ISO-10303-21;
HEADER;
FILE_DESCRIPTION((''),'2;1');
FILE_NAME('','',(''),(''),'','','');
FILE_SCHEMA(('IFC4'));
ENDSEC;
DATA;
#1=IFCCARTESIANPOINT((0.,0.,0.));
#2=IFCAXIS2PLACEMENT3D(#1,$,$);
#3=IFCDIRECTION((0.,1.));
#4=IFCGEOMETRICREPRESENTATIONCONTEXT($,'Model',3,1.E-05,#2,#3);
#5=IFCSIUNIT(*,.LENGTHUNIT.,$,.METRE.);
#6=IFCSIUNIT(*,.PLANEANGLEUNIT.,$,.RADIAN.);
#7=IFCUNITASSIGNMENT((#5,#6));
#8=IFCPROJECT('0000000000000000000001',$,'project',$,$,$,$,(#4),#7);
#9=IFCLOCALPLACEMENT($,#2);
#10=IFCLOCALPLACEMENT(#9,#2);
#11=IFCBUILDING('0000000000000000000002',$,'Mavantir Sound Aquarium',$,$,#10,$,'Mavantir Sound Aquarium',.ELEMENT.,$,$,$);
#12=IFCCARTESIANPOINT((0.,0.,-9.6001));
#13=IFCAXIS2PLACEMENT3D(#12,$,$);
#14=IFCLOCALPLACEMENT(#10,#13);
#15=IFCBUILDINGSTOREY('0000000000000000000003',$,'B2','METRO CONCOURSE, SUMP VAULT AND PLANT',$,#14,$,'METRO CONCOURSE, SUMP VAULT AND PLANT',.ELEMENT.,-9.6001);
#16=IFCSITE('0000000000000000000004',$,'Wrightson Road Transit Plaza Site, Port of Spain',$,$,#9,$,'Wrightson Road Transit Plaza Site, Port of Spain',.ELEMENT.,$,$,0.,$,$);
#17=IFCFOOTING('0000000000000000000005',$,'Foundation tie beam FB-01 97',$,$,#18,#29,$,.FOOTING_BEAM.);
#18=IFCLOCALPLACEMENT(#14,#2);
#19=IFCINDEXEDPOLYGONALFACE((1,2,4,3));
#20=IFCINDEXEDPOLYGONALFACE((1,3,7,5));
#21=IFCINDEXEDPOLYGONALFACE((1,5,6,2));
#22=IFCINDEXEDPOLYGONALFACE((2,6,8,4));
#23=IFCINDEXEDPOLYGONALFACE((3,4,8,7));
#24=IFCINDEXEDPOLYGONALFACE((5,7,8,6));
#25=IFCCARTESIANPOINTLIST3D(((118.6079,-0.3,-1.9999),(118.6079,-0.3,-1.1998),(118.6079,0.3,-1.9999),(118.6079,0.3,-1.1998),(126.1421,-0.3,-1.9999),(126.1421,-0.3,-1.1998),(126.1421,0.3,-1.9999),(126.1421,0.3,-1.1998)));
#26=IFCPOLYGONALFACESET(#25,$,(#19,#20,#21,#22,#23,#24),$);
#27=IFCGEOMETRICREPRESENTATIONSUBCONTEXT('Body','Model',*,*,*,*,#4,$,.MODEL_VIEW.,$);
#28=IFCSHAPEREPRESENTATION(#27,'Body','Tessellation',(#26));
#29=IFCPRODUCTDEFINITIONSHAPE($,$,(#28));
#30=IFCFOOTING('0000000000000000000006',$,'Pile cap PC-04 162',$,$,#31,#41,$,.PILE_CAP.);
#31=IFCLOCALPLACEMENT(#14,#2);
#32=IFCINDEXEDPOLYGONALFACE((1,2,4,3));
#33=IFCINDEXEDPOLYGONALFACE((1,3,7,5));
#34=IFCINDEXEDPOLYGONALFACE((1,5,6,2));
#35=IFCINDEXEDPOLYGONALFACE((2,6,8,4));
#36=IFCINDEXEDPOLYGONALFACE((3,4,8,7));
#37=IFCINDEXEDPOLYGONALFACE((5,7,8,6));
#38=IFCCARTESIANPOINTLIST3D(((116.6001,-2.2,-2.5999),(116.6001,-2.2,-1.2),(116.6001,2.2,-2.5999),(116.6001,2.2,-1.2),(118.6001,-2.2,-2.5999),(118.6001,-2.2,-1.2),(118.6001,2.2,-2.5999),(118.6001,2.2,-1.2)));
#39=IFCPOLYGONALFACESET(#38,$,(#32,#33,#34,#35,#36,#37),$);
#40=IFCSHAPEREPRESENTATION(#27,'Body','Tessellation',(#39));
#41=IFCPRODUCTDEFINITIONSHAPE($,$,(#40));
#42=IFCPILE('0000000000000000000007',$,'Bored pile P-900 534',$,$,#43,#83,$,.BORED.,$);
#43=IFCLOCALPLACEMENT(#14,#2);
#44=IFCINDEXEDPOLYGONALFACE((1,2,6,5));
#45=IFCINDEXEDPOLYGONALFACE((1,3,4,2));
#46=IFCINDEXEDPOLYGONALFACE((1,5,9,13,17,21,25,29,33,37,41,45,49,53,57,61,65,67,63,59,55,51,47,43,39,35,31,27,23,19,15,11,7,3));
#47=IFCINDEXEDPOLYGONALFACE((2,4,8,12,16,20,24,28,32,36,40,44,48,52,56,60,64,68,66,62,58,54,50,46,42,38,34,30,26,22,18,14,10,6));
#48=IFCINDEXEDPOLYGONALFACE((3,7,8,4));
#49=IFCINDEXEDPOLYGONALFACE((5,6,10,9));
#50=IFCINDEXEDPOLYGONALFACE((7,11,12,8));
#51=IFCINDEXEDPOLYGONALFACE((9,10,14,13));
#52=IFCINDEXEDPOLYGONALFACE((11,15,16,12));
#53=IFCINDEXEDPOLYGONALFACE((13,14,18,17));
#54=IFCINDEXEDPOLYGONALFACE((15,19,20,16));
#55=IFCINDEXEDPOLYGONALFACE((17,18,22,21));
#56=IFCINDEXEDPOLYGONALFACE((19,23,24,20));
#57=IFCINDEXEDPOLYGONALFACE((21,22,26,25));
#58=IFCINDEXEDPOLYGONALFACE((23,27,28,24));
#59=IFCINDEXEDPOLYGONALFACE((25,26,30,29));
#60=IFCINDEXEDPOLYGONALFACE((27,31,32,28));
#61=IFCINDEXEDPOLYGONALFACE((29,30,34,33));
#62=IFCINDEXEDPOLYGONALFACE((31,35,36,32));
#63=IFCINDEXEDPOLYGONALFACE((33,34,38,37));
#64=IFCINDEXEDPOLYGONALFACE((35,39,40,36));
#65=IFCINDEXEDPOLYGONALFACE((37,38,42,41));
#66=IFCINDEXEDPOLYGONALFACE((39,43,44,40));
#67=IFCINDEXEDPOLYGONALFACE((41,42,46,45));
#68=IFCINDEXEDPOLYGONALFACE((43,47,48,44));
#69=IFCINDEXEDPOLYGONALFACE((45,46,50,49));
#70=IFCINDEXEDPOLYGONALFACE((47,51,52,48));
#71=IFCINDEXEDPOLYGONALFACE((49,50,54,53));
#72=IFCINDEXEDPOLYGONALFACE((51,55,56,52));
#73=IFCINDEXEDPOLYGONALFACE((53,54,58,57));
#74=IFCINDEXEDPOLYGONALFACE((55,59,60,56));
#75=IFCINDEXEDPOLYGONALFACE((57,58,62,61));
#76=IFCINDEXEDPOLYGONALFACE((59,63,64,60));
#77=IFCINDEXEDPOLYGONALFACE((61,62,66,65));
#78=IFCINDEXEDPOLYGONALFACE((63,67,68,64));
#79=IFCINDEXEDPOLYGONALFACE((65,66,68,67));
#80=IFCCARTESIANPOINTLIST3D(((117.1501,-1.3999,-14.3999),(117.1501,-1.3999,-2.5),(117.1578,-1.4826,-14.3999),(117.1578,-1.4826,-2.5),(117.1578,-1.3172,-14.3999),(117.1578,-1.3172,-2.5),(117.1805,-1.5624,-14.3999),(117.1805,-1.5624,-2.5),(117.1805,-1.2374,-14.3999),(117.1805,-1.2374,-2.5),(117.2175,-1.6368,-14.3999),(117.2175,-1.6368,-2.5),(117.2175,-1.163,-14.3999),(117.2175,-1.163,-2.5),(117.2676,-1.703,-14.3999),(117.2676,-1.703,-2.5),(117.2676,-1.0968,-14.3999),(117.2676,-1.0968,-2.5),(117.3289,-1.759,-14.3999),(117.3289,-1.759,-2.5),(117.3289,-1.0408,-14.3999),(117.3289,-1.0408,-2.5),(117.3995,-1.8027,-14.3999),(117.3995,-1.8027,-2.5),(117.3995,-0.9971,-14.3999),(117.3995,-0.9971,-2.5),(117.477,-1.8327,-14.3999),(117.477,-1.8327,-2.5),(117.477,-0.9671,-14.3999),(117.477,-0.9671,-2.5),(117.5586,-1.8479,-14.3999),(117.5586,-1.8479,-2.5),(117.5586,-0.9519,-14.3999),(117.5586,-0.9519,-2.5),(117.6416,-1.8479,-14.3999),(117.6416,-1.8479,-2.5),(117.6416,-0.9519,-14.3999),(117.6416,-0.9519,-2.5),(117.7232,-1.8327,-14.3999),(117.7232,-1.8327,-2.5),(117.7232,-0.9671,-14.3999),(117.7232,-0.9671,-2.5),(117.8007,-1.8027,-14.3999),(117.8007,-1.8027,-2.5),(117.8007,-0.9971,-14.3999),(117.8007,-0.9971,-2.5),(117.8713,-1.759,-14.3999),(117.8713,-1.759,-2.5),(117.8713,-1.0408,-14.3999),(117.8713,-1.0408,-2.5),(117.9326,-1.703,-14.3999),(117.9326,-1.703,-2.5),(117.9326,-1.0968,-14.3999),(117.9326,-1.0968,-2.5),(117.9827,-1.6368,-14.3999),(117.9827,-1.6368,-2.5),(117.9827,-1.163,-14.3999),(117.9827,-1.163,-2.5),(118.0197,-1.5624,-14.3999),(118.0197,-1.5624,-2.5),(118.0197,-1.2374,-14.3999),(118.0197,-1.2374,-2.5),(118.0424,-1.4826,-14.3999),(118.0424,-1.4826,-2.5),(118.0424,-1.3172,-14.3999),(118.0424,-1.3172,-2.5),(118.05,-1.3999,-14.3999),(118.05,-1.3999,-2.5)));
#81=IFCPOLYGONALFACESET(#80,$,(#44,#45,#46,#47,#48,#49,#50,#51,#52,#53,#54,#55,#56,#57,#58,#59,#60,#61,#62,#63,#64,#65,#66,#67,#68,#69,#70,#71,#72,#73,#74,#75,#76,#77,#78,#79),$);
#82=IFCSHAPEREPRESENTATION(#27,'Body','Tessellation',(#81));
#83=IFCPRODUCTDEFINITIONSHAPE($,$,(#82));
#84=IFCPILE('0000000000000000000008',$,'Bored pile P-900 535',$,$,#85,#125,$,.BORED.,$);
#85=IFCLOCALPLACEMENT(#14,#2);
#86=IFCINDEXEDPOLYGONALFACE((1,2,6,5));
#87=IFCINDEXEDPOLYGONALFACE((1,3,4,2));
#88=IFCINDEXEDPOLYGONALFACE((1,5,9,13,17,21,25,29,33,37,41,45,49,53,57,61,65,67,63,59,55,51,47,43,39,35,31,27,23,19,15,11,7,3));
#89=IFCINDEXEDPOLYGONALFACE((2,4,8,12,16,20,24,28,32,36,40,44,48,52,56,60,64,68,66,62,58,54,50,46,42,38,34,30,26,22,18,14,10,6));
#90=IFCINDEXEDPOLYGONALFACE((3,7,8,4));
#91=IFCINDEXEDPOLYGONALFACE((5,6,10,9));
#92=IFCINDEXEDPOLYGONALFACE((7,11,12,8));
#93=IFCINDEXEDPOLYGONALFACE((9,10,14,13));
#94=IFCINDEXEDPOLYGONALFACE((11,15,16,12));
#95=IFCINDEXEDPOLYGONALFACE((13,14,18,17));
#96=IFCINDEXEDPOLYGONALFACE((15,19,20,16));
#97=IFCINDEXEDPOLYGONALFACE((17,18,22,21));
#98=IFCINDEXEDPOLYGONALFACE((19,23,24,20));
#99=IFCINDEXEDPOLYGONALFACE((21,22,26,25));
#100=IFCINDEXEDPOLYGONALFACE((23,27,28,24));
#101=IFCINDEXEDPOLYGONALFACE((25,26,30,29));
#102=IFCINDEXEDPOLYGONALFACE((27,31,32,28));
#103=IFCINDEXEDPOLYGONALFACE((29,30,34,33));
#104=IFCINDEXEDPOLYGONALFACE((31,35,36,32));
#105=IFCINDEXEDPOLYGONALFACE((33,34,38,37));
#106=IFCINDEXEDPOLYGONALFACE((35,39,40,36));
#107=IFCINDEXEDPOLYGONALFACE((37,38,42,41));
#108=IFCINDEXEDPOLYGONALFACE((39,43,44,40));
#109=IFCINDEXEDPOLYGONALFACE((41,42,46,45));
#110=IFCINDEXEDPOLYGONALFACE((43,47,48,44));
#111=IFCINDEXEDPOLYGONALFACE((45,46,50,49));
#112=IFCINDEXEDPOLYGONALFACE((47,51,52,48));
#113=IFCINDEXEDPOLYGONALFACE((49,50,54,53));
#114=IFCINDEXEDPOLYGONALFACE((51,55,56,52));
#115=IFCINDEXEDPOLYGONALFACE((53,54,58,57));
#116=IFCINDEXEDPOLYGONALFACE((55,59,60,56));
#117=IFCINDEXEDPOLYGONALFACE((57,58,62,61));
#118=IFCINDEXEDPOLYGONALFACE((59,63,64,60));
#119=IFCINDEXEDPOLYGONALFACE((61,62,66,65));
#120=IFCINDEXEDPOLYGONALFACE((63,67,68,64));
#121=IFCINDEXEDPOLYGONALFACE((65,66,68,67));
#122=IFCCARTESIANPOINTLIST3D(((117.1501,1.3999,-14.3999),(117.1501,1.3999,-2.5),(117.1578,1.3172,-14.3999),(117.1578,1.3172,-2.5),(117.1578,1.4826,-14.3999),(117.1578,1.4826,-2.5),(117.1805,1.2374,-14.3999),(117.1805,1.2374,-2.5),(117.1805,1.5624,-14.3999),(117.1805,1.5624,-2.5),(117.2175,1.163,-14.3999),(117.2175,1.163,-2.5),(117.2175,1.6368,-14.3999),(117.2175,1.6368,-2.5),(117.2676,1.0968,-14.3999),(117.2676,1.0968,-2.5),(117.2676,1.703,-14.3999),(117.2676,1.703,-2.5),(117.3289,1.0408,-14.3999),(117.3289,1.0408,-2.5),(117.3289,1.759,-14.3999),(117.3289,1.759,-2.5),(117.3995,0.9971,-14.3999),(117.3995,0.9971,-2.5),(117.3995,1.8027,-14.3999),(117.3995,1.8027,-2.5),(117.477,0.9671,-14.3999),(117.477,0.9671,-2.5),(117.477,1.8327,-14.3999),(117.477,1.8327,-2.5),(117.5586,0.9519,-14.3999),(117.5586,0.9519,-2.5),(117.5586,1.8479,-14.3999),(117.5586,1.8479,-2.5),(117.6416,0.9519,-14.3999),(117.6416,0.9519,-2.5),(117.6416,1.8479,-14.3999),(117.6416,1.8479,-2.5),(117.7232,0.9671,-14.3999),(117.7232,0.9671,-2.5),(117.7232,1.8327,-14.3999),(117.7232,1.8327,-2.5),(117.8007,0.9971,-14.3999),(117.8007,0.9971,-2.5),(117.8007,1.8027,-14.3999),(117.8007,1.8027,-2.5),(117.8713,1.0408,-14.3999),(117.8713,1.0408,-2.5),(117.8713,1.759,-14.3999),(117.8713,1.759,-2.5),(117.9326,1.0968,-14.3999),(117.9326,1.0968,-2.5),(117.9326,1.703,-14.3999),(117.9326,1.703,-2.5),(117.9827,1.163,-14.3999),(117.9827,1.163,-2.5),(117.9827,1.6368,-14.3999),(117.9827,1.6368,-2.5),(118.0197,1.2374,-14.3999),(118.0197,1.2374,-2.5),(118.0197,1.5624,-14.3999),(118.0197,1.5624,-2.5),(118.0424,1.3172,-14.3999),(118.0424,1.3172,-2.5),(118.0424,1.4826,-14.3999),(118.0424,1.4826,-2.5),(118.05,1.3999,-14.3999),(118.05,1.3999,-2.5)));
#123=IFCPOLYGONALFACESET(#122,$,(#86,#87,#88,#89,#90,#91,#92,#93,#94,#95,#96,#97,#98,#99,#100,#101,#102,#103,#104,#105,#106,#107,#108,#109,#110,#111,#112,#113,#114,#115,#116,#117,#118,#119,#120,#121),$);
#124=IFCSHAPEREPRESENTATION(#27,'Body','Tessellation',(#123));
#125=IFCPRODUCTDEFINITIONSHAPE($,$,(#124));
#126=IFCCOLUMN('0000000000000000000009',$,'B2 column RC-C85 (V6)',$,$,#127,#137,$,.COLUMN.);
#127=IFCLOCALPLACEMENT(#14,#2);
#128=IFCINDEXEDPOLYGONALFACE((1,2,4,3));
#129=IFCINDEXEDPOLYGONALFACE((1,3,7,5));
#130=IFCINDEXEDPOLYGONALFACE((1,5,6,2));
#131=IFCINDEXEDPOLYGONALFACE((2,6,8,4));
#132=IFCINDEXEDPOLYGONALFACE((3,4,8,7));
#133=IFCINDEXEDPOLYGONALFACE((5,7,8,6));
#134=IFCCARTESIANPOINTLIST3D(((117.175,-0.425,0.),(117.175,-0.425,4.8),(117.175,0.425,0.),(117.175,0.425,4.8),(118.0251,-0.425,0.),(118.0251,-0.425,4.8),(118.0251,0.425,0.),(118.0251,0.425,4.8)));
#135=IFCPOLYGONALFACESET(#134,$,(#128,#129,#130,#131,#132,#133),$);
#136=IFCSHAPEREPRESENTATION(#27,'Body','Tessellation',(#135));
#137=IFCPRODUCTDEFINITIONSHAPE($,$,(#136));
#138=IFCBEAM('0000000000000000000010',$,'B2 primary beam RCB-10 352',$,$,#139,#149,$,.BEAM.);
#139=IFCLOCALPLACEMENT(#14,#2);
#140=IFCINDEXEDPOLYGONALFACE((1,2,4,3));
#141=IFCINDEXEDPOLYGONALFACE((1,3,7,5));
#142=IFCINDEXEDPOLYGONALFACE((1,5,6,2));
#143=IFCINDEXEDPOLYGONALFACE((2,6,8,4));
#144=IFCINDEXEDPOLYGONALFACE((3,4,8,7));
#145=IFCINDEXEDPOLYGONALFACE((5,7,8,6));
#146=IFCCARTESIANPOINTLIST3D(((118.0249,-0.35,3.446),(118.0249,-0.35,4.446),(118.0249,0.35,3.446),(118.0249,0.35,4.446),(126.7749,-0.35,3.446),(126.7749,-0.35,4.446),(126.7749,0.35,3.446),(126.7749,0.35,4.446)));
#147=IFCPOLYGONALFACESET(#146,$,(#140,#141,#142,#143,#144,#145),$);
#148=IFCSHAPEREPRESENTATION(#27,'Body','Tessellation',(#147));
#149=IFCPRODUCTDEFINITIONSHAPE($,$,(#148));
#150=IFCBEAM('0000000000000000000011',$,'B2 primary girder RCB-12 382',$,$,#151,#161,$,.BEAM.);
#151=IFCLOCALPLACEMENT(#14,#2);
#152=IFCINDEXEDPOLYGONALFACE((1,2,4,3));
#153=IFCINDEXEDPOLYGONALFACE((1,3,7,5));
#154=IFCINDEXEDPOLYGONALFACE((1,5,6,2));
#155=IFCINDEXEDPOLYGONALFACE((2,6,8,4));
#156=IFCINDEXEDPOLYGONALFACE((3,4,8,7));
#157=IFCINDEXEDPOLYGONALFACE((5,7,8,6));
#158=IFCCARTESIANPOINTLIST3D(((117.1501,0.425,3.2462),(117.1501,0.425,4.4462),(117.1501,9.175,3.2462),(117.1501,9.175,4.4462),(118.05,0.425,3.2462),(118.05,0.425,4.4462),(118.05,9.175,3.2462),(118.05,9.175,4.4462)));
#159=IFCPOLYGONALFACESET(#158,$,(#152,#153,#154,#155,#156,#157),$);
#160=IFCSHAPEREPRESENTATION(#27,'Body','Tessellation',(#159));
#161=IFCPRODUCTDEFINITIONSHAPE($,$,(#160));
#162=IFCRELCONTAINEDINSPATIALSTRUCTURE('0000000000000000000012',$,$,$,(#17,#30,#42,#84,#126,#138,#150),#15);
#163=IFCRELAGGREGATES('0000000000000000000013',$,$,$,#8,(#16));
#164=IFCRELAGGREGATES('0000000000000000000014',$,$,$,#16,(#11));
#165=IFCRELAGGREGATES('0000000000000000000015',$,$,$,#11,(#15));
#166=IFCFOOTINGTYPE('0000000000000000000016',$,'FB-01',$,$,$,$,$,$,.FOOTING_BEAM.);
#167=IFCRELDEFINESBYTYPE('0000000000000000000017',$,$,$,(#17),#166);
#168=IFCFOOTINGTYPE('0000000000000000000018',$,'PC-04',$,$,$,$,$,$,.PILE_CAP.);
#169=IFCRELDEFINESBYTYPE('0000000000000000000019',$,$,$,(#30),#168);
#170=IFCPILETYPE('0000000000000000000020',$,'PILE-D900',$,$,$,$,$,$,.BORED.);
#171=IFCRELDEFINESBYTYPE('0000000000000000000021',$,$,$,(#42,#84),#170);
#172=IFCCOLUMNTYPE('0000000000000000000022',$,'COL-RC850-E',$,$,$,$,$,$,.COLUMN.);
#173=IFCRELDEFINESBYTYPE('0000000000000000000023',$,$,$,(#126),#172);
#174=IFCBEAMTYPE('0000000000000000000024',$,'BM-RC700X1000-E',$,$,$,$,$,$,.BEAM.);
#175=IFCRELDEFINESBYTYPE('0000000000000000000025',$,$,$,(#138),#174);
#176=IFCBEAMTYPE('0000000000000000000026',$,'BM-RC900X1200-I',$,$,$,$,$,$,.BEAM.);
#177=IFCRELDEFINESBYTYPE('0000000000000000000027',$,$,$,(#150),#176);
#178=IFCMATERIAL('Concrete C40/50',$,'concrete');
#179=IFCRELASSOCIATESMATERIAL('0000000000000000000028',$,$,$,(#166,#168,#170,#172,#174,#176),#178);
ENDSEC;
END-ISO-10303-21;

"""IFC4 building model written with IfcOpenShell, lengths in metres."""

from ifc_helpers import new_model, si_unit, direction, frame, origin, origin_2d, place, context, subcontext, project, spatial, rectangle, circle, extrude, material, material_profile, profile_set, type_object, element, save


model = new_model("IFC4")

# Units and contexts
model_context = context("Model", 3, precision=1e-05, world=origin(), true_north=direction((0.0, 1.0)))
body_context = subcontext(model_context, "Body", "Model", "MODEL_VIEW")
ifc_project = project(units=[si_unit("LENGTHUNIT", "METRE"), si_unit("PLANEANGLEUNIT", "RADIAN")], contexts=[model_context])

# Site, building, storey
site_placement = place(None, origin())
site = spatial("IfcSite", under=ifc_project, at=site_placement, Name="Wrightson Road Transit Plaza Site, Port of Spain", LongName="Wrightson Road Transit Plaza Site, Port of Spain", CompositionType="ELEMENT", RefElevation=0.0)
building_placement = place(site_placement, origin())
building = spatial("IfcBuilding", under=site, at=building_placement, Name="Mavantir Sound Aquarium", LongName="Mavantir Sound Aquarium", CompositionType="ELEMENT")
storey_placement = place(building_placement, frame((0.0, 0.0, -9.6001)))
storey = spatial("IfcBuildingStorey", under=building, at=storey_placement, Name="B2", Description="METRO CONCOURSE, SUMP VAULT AND PLANT", LongName="METRO CONCOURSE, SUMP VAULT AND PLANT", CompositionType="ELEMENT", Elevation=-9.6001)

# Footings
ifc_material_1 = material(Name="Concrete C40/50", Category="concrete")
ifc_material_profile_1 = material_profile(ifc_material_1, rectangle(XDim=0.6001, YDim=0.8, at=origin_2d()), Name="RC 600X800")
ifc_profile_set_1 = profile_set([ifc_material_profile_1], Name="Concrete C40/50")
footing_type_1 = type_object("IfcFootingType", Name="FB-01", PredefinedType="FOOTING_BEAM", material=ifc_profile_set_1)
footing_1_placement = place(storey_placement, frame((118.6079, 0.0, -1.5999), z_axis=(1.0, 0.0, 0.0), x_axis=(0.0, 1.0, 0.0)))
element("IfcFooting", 1, at=footing_1_placement, inside=storey, type_object=footing_type_1, Name="Foundation tie beam FB-01 97", PredefinedType="FOOTING_BEAM", context=body_context, shape_type="SweptSolid", body=[
    extrude(rectangle(XDim=0.6001, YDim=0.8, at=origin_2d()), origin(), (0.0, 0.0, 1.0), 7.5342),
])
footing_type_2 = type_object("IfcFootingType", Name="PC-04", PredefinedType="PILE_CAP", material=ifc_material_1)
footing_2_placement = place(storey_placement, frame((117.6001, 0.0, -2.5999), z_axis=(0.0, 0.0, 1.0), x_axis=(1.0, 0.0, 0.0)))
element("IfcFooting", 2, at=footing_2_placement, inside=storey, type_object=footing_type_2, Name="Pile cap PC-04 162", PredefinedType="PILE_CAP", context=body_context, shape_type="SweptSolid", body=[
    extrude(rectangle(XDim=2.0, YDim=4.3999, at=origin_2d()), origin(), (0.0, 0.0, 1.0), 1.3999),
])

# Piles
ifc_material_profile_2 = material_profile(ifc_material_1, circle(Radius=0.45, at=origin_2d()), Name="PILE D900")
ifc_profile_set_2 = profile_set([ifc_material_profile_2], Name="Concrete C40/50")
pile_type = type_object("IfcPileType", Name="PILE-D900", PredefinedType="BORED", material=ifc_profile_set_2)
for number, where, z_axis, x_axis, name in (
    (3, (117.6001, -1.3999, -2.5), (0.0, 0.0, -1.0), (1.0, 0.0, 0.0), "Bored pile P-900 534"),
    (4, (117.6001, 1.3999, -2.5), (0.0, 0.0, -1.0), (1.0, 0.0, 0.0), "Bored pile P-900 535"),
):
    element("IfcPile", number, at=place(storey_placement, frame(where, z_axis=z_axis, x_axis=x_axis)), inside=storey, type_object=pile_type, Name=name, PredefinedType="BORED", context=body_context, shape_type="SweptSolid", body=[
        extrude(circle(Radius=0.45, at=origin_2d()), origin(), (0.0, 0.0, 1.0), 11.8999),
    ])

# Column
ifc_material_profile_3 = material_profile(ifc_material_1, rectangle(XDim=0.8501, YDim=0.8501, at=origin_2d()), Name="RC 850X850")
ifc_profile_set_3 = profile_set([ifc_material_profile_3], Name="Concrete C40/50")
column_type = type_object("IfcColumnType", Name="COL-RC850-E", PredefinedType="COLUMN", material=ifc_profile_set_3)
column_placement = place(storey_placement, frame((117.6001, 0.0, 0.0), z_axis=(0.0, 0.0, 1.0), x_axis=(1.0, 0.0, 0.0)))
element("IfcColumn", 5, at=column_placement, inside=storey, type_object=column_type, Name="B2 column RC-C85 (V6)", PredefinedType="COLUMN", context=body_context, shape_type="SweptSolid", body=[
    extrude(rectangle(XDim=0.8501, YDim=0.8501, at=origin_2d()), origin(), (0.0, 0.0, 1.0), 4.8),
])

# Beams
ifc_material_profile_4 = material_profile(ifc_material_1, rectangle(XDim=0.7, YDim=1.0, at=origin_2d()), Name="RC 700X1000")
ifc_profile_set_4 = profile_set([ifc_material_profile_4], Name="Concrete C40/50")
beam_type_1 = type_object("IfcBeamType", Name="BM-RC700X1000-E", PredefinedType="BEAM", material=ifc_profile_set_4)
beam_1_placement = place(storey_placement, frame((118.0249, 0.0, 3.946), z_axis=(1.0, 0.0, 0.0), x_axis=(0.0, 1.0, 0.0)))
element("IfcBeam", 6, at=beam_1_placement, inside=storey, type_object=beam_type_1, Name="B2 primary beam RCB-10 352", PredefinedType="BEAM", context=body_context, shape_type="SweptSolid", body=[
    extrude(rectangle(XDim=0.7, YDim=1.0, at=origin_2d()), origin(), (0.0, 0.0, 1.0), 8.75),
])
ifc_material_profile_5 = material_profile(ifc_material_1, rectangle(XDim=0.8999, YDim=1.2, at=origin_2d()), Name="RC 900X1200")
ifc_profile_set_5 = profile_set([ifc_material_profile_5], Name="Concrete C40/50")
beam_type_2 = type_object("IfcBeamType", Name="BM-RC900X1200-I", PredefinedType="BEAM", material=ifc_profile_set_5)
beam_2_placement = place(storey_placement, frame((117.6001, 0.425, 3.8462), z_axis=(0.0, 1.0, 0.0), x_axis=(-1.0, 0.0, 0.0)))
element("IfcBeam", 7, at=beam_2_placement, inside=storey, type_object=beam_type_2, Name="B2 primary girder RCB-12 382", PredefinedType="BEAM", context=body_context, shape_type="SweptSolid", body=[
    extrude(rectangle(XDim=0.8999, YDim=1.2, at=origin_2d()), origin(), (0.0, 0.0, 1.0), 8.75),
])

save(model, "model.ifc")
